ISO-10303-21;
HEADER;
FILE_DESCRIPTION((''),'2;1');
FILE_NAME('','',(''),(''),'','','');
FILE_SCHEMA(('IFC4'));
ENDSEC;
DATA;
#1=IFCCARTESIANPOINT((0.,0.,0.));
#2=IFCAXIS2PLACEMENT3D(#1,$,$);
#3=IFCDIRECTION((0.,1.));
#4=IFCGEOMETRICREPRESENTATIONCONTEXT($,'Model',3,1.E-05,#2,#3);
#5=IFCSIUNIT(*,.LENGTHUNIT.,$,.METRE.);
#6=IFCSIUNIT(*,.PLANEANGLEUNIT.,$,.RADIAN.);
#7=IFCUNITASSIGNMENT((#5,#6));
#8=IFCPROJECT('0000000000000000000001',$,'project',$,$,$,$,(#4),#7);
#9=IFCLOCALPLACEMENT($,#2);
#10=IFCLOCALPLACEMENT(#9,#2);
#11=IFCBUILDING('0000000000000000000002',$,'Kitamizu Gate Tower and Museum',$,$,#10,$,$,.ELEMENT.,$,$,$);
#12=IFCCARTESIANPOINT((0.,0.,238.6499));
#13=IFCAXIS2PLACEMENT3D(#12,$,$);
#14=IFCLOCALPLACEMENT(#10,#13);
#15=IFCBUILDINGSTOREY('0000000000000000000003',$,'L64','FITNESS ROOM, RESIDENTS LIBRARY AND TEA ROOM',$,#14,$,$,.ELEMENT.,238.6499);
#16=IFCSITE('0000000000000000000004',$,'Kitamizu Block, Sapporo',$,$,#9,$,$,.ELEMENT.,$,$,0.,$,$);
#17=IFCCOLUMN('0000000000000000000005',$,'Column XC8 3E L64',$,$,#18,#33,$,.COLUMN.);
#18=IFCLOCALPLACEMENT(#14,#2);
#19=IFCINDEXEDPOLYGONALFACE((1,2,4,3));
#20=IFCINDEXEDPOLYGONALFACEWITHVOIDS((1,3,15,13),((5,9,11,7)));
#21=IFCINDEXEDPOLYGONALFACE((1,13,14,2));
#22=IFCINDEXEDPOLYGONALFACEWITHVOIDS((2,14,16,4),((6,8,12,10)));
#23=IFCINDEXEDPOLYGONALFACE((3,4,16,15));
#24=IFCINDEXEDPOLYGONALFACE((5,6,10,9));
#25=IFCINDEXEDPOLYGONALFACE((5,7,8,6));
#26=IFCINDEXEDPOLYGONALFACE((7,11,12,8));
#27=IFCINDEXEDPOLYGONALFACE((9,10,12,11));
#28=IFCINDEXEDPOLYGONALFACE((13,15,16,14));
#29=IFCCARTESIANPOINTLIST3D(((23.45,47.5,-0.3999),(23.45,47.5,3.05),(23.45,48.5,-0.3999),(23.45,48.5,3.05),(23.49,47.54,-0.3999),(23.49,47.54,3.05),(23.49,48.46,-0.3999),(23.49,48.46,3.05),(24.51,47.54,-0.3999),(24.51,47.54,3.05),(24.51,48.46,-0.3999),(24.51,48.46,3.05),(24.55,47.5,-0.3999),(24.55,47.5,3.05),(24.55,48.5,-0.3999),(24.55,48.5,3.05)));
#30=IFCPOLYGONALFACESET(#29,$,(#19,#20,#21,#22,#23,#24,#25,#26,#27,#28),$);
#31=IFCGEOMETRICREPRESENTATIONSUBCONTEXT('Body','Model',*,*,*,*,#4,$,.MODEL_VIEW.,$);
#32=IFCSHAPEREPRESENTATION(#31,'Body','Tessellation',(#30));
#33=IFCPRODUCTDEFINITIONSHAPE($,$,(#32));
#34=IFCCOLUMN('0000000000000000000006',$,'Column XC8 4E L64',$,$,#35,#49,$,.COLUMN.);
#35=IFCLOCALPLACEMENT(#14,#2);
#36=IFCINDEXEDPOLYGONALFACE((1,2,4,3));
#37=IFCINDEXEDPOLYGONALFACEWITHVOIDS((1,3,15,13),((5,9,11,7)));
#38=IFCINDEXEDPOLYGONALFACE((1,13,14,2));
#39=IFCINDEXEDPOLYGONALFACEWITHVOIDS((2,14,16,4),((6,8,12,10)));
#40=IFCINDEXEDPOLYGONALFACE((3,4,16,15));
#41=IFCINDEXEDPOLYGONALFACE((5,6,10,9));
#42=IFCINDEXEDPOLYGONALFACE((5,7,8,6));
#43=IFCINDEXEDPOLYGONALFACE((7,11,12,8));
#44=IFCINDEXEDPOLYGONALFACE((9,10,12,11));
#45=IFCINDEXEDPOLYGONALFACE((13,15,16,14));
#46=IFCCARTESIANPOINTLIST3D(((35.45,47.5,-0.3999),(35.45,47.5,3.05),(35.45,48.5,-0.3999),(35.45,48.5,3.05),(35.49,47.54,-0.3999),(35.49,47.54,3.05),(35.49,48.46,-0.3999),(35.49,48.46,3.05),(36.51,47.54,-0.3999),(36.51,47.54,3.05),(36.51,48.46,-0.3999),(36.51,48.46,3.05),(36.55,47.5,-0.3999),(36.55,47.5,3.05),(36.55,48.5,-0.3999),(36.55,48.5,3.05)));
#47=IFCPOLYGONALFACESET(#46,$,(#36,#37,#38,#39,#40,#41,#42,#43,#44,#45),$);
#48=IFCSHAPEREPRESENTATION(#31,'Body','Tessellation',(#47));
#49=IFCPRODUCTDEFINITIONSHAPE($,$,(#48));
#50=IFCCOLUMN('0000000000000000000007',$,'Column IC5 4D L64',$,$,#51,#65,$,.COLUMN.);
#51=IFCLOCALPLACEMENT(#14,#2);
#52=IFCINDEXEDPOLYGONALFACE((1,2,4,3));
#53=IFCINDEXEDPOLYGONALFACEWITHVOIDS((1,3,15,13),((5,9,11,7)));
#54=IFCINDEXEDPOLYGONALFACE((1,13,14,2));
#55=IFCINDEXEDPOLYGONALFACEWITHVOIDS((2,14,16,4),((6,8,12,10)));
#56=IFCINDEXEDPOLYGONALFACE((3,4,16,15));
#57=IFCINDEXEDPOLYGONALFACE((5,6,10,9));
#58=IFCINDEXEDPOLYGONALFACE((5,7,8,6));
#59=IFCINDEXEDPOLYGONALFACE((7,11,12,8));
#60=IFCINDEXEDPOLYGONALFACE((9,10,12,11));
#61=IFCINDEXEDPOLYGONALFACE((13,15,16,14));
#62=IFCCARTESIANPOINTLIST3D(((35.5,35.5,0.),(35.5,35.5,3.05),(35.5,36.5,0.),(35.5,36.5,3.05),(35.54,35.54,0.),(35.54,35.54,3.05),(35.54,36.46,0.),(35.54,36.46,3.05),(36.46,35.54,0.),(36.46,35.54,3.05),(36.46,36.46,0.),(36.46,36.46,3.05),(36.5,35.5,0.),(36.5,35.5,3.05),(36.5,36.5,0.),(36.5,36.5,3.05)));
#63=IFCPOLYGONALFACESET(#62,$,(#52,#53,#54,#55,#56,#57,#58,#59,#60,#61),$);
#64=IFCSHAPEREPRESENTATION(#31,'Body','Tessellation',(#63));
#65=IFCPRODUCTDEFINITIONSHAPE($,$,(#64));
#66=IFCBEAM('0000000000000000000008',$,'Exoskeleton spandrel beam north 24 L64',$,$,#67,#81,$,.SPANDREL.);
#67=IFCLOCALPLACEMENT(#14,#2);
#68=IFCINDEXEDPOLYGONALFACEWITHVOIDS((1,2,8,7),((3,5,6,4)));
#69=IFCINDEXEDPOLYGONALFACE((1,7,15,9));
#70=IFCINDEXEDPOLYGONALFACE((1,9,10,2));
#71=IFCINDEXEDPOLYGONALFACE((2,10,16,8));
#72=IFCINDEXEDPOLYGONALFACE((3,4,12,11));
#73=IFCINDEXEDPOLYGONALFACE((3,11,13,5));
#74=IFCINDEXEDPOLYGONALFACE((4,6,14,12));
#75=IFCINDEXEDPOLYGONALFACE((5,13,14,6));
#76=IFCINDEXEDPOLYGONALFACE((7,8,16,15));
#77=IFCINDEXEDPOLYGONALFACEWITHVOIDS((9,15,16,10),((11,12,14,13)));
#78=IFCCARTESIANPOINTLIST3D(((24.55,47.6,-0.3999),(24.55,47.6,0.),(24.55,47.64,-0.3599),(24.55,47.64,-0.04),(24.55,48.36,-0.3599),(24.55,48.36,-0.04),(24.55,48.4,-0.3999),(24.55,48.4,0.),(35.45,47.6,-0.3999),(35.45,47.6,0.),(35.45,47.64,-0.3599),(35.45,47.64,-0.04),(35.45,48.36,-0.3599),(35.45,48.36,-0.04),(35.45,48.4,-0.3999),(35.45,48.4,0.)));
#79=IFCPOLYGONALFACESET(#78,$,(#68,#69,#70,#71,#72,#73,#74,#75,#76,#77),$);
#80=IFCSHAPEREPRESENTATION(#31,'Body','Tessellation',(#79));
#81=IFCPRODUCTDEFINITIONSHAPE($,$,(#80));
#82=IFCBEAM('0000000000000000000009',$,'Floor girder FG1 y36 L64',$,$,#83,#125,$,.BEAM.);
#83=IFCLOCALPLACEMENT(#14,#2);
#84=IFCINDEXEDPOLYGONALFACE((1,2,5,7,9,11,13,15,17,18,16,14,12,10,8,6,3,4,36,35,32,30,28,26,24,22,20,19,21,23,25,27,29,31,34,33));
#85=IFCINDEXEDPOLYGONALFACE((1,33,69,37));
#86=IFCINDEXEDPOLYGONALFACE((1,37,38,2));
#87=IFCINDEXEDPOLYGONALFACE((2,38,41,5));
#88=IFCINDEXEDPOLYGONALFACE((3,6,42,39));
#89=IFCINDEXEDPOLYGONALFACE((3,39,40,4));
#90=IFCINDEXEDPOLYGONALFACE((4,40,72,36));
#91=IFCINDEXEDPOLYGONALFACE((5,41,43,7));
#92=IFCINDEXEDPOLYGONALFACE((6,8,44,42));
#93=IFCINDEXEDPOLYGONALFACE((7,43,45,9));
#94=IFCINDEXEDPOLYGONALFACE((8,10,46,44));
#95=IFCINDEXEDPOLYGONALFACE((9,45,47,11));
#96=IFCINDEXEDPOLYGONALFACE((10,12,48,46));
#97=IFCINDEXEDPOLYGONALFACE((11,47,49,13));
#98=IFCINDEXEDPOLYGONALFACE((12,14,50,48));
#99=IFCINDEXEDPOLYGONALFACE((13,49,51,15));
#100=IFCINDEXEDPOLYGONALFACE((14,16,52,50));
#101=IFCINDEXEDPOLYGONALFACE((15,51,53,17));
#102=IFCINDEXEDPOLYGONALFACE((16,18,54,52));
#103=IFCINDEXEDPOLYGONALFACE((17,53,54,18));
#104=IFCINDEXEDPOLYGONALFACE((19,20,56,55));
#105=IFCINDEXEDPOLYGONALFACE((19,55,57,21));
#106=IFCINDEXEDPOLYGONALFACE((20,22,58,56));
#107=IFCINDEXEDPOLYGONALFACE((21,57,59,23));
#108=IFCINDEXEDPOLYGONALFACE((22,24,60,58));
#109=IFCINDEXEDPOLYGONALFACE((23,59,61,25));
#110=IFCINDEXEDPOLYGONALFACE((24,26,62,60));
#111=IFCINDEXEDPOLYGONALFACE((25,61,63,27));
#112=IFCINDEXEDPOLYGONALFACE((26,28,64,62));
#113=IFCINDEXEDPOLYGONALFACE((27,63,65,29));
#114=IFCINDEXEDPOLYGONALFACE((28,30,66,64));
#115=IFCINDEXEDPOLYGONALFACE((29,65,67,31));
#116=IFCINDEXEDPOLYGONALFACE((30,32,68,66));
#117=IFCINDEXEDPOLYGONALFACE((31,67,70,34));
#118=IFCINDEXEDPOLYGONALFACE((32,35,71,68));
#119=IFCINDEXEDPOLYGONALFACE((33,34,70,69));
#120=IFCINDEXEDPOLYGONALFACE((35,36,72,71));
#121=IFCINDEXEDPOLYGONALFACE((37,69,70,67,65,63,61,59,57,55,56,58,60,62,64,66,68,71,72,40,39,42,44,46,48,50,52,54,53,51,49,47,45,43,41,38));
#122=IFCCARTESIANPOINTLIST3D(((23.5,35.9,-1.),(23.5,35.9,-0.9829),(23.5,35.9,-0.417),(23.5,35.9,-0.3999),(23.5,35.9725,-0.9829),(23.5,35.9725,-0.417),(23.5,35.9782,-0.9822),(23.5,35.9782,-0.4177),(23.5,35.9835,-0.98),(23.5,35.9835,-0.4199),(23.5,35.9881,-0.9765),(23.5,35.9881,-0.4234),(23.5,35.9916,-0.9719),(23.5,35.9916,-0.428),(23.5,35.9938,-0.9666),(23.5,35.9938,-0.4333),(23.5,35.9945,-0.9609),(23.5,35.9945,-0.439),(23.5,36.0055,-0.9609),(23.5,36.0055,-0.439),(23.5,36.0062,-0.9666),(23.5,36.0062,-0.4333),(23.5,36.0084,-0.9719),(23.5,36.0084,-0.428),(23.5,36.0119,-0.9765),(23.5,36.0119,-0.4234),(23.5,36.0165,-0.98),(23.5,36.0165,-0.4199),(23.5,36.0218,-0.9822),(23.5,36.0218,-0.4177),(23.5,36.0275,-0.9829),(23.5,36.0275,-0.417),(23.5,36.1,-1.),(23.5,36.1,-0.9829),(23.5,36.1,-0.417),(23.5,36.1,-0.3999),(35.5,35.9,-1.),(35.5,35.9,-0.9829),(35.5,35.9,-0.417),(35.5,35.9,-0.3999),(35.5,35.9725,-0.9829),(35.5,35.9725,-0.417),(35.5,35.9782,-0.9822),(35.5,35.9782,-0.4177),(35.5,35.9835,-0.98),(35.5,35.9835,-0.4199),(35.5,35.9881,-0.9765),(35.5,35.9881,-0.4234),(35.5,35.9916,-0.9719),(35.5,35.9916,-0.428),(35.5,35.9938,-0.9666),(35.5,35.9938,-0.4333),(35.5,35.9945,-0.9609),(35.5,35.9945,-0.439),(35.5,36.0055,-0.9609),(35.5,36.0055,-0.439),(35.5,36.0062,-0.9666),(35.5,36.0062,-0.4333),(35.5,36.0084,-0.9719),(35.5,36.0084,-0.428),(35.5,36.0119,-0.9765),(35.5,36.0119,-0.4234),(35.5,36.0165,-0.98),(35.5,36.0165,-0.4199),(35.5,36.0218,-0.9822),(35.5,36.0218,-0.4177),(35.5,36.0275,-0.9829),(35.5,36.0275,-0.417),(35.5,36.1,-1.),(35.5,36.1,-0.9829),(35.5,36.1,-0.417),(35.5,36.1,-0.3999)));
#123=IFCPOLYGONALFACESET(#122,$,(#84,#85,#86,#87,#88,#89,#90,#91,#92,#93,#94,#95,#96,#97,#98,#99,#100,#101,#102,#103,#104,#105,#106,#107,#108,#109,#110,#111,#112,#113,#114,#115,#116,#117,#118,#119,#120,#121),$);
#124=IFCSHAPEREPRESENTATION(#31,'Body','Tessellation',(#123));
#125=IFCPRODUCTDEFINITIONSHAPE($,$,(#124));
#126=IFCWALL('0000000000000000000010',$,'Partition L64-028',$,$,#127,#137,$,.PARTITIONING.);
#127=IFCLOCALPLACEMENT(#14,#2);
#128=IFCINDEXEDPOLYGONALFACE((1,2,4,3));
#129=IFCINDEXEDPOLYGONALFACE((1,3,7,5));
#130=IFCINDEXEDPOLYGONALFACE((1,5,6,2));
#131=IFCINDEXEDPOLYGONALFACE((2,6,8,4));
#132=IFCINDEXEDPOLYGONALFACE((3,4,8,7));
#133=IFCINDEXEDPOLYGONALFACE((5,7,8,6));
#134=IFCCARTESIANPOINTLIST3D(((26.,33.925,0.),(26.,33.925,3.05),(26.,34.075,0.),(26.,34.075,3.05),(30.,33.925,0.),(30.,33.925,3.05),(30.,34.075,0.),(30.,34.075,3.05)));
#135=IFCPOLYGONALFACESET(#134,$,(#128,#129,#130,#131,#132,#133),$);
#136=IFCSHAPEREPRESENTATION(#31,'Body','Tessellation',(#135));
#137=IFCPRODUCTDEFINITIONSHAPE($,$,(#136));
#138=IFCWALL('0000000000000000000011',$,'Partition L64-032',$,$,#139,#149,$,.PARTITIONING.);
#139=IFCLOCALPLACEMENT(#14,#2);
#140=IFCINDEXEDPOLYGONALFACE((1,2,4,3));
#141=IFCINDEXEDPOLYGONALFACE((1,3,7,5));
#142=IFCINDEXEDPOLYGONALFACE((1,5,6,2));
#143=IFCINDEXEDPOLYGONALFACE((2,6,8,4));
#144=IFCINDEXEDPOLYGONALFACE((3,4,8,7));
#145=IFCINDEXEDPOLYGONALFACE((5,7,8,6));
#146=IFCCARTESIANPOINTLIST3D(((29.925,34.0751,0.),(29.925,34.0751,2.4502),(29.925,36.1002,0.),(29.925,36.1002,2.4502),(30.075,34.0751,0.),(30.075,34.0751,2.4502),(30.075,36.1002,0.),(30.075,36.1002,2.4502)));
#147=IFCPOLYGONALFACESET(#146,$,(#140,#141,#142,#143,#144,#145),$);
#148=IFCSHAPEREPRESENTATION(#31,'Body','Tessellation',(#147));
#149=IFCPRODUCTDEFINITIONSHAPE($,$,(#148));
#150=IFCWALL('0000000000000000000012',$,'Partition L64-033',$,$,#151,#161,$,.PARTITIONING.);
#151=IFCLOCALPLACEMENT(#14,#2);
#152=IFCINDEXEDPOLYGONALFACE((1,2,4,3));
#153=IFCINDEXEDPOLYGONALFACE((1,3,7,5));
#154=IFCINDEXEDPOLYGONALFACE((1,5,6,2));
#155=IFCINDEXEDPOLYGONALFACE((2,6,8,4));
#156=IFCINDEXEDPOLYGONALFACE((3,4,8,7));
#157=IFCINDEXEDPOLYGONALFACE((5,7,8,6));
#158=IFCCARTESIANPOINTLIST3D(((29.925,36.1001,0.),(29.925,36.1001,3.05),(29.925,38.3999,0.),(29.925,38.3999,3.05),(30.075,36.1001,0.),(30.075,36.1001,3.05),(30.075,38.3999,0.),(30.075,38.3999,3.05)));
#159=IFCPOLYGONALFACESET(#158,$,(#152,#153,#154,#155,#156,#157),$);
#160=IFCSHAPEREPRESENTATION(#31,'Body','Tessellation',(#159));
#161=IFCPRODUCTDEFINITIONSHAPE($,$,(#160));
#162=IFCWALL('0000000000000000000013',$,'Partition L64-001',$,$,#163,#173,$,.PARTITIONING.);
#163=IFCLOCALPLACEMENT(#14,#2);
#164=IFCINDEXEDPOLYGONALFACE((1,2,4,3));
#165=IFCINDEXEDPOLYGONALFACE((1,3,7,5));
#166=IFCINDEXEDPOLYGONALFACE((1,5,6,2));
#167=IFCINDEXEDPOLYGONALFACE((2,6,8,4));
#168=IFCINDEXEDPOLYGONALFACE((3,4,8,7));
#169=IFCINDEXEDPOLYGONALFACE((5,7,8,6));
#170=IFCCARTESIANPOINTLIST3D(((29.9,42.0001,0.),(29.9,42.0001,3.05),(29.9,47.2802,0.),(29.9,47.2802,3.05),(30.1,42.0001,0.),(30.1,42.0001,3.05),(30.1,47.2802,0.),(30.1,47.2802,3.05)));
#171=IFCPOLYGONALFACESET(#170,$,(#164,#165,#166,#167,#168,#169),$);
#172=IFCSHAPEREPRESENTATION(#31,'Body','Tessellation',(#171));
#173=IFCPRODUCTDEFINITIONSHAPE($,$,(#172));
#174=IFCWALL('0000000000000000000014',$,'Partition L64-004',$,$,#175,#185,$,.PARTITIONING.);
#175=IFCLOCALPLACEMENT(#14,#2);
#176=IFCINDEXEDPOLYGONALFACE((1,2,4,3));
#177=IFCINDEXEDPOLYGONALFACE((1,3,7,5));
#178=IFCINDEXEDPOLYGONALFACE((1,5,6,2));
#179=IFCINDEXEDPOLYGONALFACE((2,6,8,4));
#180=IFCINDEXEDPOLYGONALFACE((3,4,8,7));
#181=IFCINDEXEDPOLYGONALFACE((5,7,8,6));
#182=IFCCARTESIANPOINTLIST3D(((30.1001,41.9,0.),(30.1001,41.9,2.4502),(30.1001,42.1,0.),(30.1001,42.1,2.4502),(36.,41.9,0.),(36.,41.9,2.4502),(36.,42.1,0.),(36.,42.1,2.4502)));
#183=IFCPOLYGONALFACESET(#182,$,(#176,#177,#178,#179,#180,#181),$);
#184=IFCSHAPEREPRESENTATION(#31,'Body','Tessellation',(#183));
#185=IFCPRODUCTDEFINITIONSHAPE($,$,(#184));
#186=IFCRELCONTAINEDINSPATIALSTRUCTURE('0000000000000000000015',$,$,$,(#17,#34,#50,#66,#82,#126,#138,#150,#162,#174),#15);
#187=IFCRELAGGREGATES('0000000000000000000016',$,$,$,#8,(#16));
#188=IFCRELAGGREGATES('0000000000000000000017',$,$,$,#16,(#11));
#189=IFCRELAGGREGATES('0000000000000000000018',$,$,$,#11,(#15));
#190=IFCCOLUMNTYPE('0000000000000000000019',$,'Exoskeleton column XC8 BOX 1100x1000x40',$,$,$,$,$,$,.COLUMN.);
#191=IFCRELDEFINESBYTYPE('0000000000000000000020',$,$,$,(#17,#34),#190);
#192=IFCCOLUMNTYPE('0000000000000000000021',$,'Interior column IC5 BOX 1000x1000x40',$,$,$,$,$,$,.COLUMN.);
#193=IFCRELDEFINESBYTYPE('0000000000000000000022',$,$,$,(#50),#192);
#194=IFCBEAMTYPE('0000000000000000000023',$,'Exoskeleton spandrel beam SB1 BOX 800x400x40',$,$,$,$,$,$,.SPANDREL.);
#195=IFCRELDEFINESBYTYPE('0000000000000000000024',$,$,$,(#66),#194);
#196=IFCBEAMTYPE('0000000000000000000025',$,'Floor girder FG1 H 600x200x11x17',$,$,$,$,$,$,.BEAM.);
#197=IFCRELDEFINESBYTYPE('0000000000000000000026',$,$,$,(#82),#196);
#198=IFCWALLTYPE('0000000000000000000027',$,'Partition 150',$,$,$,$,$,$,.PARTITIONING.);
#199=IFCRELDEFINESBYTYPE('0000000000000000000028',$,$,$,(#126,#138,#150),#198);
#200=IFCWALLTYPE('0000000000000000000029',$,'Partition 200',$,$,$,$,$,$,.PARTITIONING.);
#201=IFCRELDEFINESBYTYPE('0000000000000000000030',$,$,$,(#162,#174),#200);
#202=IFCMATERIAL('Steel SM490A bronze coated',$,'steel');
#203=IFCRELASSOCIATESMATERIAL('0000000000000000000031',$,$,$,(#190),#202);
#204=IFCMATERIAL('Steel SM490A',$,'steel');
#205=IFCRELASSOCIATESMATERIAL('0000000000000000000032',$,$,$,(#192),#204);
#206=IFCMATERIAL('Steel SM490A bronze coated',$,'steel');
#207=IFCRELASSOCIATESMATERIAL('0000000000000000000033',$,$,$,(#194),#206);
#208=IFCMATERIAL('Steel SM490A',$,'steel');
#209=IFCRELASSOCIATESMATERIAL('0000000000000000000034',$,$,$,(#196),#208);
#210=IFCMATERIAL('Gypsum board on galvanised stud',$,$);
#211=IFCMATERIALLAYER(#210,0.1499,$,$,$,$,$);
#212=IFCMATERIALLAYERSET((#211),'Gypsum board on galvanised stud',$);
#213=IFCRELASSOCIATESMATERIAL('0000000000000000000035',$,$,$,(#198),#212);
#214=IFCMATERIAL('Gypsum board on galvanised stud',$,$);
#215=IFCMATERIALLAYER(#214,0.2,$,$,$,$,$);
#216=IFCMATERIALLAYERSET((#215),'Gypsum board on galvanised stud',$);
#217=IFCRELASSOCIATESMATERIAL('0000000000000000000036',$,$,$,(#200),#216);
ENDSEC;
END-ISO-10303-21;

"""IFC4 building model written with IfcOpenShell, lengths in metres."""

from ifc_helpers import new_model, si_unit, direction, frame, frame_2d, origin, origin_2d, place, context, subcontext, project, spatial, rectangle, hollow_rectangle, i_section, extrude, material, layer, layer_set, material_profile, profile_set, type_object, element, save


model = new_model("IFC4")

# Units and contexts
model_context = context("Model", 3, precision=1e-05, world=origin(), true_north=direction((0.0, 1.0)))
body_context = subcontext(model_context, "Body", "Model", "MODEL_VIEW")
ifc_project = project(units=[si_unit("LENGTHUNIT", "METRE"), si_unit("PLANEANGLEUNIT", "RADIAN")], contexts=[model_context])

# Site, building, storey
site_placement = place(None, origin())
site = spatial("IfcSite", under=ifc_project, at=site_placement, Name="Kitamizu Block, Sapporo", CompositionType="ELEMENT", RefElevation=0.0)
building_placement = place(site_placement, origin())
building = spatial("IfcBuilding", under=site, at=building_placement, Name="Kitamizu Gate Tower and Museum", CompositionType="ELEMENT")
storey_placement = place(building_placement, frame((0.0, 0.0, 238.6499)))
storey = spatial("IfcBuildingStorey", under=building, at=storey_placement, Name="L64", Description="FITNESS ROOM, RESIDENTS LIBRARY AND TEA ROOM", CompositionType="ELEMENT", Elevation=238.6499)

# Columns
ifc_material_1 = material(Name="Steel SM490A bronze coated", Category="steel")
ifc_material_profile_1 = material_profile(ifc_material_1, hollow_rectangle(XDim=1.1001, YDim=1.0, WallThickness=0.04, at=origin_2d()), Name="BOX 1100x1000x40")
ifc_profile_set_1 = profile_set([ifc_material_profile_1], Name="Steel SM490A bronze coated")
column_type_1 = type_object("IfcColumnType", Name="Exoskeleton column XC8 BOX 1100x1000x40", PredefinedType="COLUMN", material=ifc_profile_set_1)
for number, where, z_axis, x_axis, name in (
    (1, (24.0, 48.0, -0.3999), (0.0, 0.0, 1.0), (1.0, 0.0, 0.0), "Column XC8 3E L64"),
    (2, (36.0, 48.0, -0.3999), (0.0, 0.0, 1.0), (1.0, 0.0, 0.0), "Column XC8 4E L64"),
):
    element("IfcColumn", number, at=place(storey_placement, frame(where, z_axis=z_axis, x_axis=x_axis)), inside=storey, type_object=column_type_1, Name=name, PredefinedType="COLUMN", context=body_context, shape_type="SweptSolid", body=[
        extrude(hollow_rectangle(XDim=1.1001, YDim=1.0, WallThickness=0.04, at=origin_2d()), origin(), (0.0, 0.0, 1.0), 3.45),
    ])
ifc_material_2 = material(Name="Steel SM490A", Category="steel")
ifc_material_profile_2 = material_profile(ifc_material_2, hollow_rectangle(XDim=1.0, YDim=1.0, WallThickness=0.04, at=origin_2d()), Name="BOX 1000x1000x40")
ifc_profile_set_2 = profile_set([ifc_material_profile_2], Name="Steel SM490A")
column_type_2 = type_object("IfcColumnType", Name="Interior column IC5 BOX 1000x1000x40", PredefinedType="COLUMN", material=ifc_profile_set_2)
column_placement = place(storey_placement, frame((36.0, 36.0, 0.0), z_axis=(0.0, 0.0, 1.0), x_axis=(1.0, 0.0, 0.0)))
element("IfcColumn", 3, at=column_placement, inside=storey, type_object=column_type_2, Name="Column IC5 4D L64", PredefinedType="COLUMN", context=body_context, shape_type="SweptSolid", body=[
    extrude(hollow_rectangle(XDim=1.0, YDim=1.0, WallThickness=0.04, at=origin_2d()), origin(), (0.0, 0.0, 1.0), 3.05),
])

# Beams
ifc_material_3 = material(Name="Steel SM490A bronze coated", Category="steel")
ifc_material_profile_3 = material_profile(ifc_material_3, hollow_rectangle(XDim=0.8, YDim=0.3999, WallThickness=0.04, at=origin_2d()), Name="BOX 800x400x40")
ifc_profile_set_3 = profile_set([ifc_material_profile_3], Name="Steel SM490A bronze coated")
beam_type_1 = type_object("IfcBeamType", Name="Exoskeleton spandrel beam SB1 BOX 800x400x40", PredefinedType="SPANDREL", material=ifc_profile_set_3)
beam_1_placement = place(storey_placement, frame((24.55, 48.0, -0.2), z_axis=(1.0, 0.0, 0.0), x_axis=(0.0, 1.0, 0.0)))
element("IfcBeam", 4, at=beam_1_placement, inside=storey, type_object=beam_type_1, Name="Exoskeleton spandrel beam north 24 L64", PredefinedType="SPANDREL", context=body_context, shape_type="SweptSolid", body=[
    extrude(hollow_rectangle(XDim=0.8, YDim=0.3999, WallThickness=0.04, at=origin_2d()), origin(), (0.0, 0.0, 1.0), 10.8999),
])
ifc_material_4 = material(Name="Steel SM490A", Category="steel")
ifc_material_profile_4 = material_profile(ifc_material_4, i_section(OverallWidth=0.2, OverallDepth=0.6001, WebThickness=0.011, FlangeThickness=0.0171, FilletRadius=0.022, at=origin_2d()), Name="H-600x200x11x17")
ifc_profile_set_4 = profile_set([ifc_material_profile_4], Name="Steel SM490A")
beam_type_2 = type_object("IfcBeamType", Name="Floor girder FG1 H 600x200x11x17", PredefinedType="BEAM", material=ifc_profile_set_4)
beam_2_placement = place(storey_placement, frame((23.5, 36.0, -0.7), z_axis=(1.0, 0.0, 0.0), x_axis=(0.0, 1.0, 0.0)))
element("IfcBeam", 5, at=beam_2_placement, inside=storey, type_object=beam_type_2, Name="Floor girder FG1 y36 L64", PredefinedType="BEAM", context=body_context, shape_type="SweptSolid", body=[
    extrude(i_section(OverallWidth=0.2, OverallDepth=0.6001, WebThickness=0.011, FlangeThickness=0.0171, FilletRadius=0.022, at=origin_2d()), origin(), (0.0, 0.0, 1.0), 12.0),
])

# Walls
ifc_material_5 = material(Name="Gypsum board on galvanised stud")
ifc_layer_1 = layer(ifc_material_5, 0.1499)
ifc_layer_set_1 = layer_set([ifc_layer_1], Name="Gypsum board on galvanised stud")
wall_type_1 = type_object("IfcWallType", Name="Partition 150", PredefinedType="PARTITIONING", material=ifc_layer_set_1)
wall_1_placement = place(storey_placement, frame((30.0, 34.0, 0.0), z_axis=(0.0, 0.0, 1.0), x_axis=(-1.0, 0.0, 0.0)))
element("IfcWall", 6, at=wall_1_placement, inside=storey, type_object=wall_type_1, Name="Partition L64-028", PredefinedType="PARTITIONING", context=body_context, shape_type="SweptSolid", body=[
    extrude(rectangle(XDim=4.0, YDim=0.1499, at=frame_2d((2.0, 0.0))), origin(), (0.0, 0.0, 1.0), 3.05),
])
wall_2_placement = place(storey_placement, frame((30.0, 34.075, 0.0), z_axis=(0.0, 0.0, 1.0), x_axis=(0.0, 1.0, 0.0)))
element("IfcWall", 7, at=wall_2_placement, inside=storey, type_object=wall_type_1, Name="Partition L64-032", PredefinedType="PARTITIONING", context=body_context, shape_type="SweptSolid", body=[
    extrude(rectangle(XDim=2.0251, YDim=0.1499, at=frame_2d((1.0127, 0.0))), origin(), (0.0, 0.0, 1.0), 2.4502),
])
wall_3_placement = place(storey_placement, frame((30.0, 36.1001, 0.0), z_axis=(0.0, 0.0, 1.0), x_axis=(0.0, 1.0, 0.0)))
element("IfcWall", 8, at=wall_3_placement, inside=storey, type_object=wall_type_1, Name="Partition L64-033", PredefinedType="PARTITIONING", context=body_context, shape_type="SweptSolid", body=[
    extrude(rectangle(XDim=2.2998, YDim=0.1499, at=frame_2d((1.1499, 0.0))), origin(), (0.0, 0.0, 1.0), 3.05),
])
ifc_material_6 = material(Name="Gypsum board on galvanised stud")
ifc_layer_2 = layer(ifc_material_6, 0.2)
ifc_layer_set_2 = layer_set([ifc_layer_2], Name="Gypsum board on galvanised stud")
wall_type_2 = type_object("IfcWallType", Name="Partition 200", PredefinedType="PARTITIONING", material=ifc_layer_set_2)
wall_4_placement = place(storey_placement, frame((30.0, 42.0, 0.0), z_axis=(0.0, 0.0, 1.0), x_axis=(0.0, 1.0, 0.0)))
element("IfcWall", 9, at=wall_4_placement, inside=storey, type_object=wall_type_2, Name="Partition L64-001", PredefinedType="PARTITIONING", context=body_context, shape_type="SweptSolid", body=[
    extrude(rectangle(XDim=5.28, YDim=0.2, at=frame_2d((2.6401, 0.0))), origin(), (0.0, 0.0, 1.0), 3.05),
])
wall_5_placement = place(storey_placement, frame((30.1001, 42.0, 0.0), z_axis=(0.0, 0.0, 1.0), x_axis=(1.0, 0.0, 0.0)))
element("IfcWall", 10, at=wall_5_placement, inside=storey, type_object=wall_type_2, Name="Partition L64-004", PredefinedType="PARTITIONING", context=body_context, shape_type="SweptSolid", body=[
    extrude(rectangle(XDim=5.8999, YDim=0.2, at=frame_2d((2.95, 0.0))), origin(), (0.0, 0.0, 1.0), 2.4502),
])

save(model, "model.ifc")
